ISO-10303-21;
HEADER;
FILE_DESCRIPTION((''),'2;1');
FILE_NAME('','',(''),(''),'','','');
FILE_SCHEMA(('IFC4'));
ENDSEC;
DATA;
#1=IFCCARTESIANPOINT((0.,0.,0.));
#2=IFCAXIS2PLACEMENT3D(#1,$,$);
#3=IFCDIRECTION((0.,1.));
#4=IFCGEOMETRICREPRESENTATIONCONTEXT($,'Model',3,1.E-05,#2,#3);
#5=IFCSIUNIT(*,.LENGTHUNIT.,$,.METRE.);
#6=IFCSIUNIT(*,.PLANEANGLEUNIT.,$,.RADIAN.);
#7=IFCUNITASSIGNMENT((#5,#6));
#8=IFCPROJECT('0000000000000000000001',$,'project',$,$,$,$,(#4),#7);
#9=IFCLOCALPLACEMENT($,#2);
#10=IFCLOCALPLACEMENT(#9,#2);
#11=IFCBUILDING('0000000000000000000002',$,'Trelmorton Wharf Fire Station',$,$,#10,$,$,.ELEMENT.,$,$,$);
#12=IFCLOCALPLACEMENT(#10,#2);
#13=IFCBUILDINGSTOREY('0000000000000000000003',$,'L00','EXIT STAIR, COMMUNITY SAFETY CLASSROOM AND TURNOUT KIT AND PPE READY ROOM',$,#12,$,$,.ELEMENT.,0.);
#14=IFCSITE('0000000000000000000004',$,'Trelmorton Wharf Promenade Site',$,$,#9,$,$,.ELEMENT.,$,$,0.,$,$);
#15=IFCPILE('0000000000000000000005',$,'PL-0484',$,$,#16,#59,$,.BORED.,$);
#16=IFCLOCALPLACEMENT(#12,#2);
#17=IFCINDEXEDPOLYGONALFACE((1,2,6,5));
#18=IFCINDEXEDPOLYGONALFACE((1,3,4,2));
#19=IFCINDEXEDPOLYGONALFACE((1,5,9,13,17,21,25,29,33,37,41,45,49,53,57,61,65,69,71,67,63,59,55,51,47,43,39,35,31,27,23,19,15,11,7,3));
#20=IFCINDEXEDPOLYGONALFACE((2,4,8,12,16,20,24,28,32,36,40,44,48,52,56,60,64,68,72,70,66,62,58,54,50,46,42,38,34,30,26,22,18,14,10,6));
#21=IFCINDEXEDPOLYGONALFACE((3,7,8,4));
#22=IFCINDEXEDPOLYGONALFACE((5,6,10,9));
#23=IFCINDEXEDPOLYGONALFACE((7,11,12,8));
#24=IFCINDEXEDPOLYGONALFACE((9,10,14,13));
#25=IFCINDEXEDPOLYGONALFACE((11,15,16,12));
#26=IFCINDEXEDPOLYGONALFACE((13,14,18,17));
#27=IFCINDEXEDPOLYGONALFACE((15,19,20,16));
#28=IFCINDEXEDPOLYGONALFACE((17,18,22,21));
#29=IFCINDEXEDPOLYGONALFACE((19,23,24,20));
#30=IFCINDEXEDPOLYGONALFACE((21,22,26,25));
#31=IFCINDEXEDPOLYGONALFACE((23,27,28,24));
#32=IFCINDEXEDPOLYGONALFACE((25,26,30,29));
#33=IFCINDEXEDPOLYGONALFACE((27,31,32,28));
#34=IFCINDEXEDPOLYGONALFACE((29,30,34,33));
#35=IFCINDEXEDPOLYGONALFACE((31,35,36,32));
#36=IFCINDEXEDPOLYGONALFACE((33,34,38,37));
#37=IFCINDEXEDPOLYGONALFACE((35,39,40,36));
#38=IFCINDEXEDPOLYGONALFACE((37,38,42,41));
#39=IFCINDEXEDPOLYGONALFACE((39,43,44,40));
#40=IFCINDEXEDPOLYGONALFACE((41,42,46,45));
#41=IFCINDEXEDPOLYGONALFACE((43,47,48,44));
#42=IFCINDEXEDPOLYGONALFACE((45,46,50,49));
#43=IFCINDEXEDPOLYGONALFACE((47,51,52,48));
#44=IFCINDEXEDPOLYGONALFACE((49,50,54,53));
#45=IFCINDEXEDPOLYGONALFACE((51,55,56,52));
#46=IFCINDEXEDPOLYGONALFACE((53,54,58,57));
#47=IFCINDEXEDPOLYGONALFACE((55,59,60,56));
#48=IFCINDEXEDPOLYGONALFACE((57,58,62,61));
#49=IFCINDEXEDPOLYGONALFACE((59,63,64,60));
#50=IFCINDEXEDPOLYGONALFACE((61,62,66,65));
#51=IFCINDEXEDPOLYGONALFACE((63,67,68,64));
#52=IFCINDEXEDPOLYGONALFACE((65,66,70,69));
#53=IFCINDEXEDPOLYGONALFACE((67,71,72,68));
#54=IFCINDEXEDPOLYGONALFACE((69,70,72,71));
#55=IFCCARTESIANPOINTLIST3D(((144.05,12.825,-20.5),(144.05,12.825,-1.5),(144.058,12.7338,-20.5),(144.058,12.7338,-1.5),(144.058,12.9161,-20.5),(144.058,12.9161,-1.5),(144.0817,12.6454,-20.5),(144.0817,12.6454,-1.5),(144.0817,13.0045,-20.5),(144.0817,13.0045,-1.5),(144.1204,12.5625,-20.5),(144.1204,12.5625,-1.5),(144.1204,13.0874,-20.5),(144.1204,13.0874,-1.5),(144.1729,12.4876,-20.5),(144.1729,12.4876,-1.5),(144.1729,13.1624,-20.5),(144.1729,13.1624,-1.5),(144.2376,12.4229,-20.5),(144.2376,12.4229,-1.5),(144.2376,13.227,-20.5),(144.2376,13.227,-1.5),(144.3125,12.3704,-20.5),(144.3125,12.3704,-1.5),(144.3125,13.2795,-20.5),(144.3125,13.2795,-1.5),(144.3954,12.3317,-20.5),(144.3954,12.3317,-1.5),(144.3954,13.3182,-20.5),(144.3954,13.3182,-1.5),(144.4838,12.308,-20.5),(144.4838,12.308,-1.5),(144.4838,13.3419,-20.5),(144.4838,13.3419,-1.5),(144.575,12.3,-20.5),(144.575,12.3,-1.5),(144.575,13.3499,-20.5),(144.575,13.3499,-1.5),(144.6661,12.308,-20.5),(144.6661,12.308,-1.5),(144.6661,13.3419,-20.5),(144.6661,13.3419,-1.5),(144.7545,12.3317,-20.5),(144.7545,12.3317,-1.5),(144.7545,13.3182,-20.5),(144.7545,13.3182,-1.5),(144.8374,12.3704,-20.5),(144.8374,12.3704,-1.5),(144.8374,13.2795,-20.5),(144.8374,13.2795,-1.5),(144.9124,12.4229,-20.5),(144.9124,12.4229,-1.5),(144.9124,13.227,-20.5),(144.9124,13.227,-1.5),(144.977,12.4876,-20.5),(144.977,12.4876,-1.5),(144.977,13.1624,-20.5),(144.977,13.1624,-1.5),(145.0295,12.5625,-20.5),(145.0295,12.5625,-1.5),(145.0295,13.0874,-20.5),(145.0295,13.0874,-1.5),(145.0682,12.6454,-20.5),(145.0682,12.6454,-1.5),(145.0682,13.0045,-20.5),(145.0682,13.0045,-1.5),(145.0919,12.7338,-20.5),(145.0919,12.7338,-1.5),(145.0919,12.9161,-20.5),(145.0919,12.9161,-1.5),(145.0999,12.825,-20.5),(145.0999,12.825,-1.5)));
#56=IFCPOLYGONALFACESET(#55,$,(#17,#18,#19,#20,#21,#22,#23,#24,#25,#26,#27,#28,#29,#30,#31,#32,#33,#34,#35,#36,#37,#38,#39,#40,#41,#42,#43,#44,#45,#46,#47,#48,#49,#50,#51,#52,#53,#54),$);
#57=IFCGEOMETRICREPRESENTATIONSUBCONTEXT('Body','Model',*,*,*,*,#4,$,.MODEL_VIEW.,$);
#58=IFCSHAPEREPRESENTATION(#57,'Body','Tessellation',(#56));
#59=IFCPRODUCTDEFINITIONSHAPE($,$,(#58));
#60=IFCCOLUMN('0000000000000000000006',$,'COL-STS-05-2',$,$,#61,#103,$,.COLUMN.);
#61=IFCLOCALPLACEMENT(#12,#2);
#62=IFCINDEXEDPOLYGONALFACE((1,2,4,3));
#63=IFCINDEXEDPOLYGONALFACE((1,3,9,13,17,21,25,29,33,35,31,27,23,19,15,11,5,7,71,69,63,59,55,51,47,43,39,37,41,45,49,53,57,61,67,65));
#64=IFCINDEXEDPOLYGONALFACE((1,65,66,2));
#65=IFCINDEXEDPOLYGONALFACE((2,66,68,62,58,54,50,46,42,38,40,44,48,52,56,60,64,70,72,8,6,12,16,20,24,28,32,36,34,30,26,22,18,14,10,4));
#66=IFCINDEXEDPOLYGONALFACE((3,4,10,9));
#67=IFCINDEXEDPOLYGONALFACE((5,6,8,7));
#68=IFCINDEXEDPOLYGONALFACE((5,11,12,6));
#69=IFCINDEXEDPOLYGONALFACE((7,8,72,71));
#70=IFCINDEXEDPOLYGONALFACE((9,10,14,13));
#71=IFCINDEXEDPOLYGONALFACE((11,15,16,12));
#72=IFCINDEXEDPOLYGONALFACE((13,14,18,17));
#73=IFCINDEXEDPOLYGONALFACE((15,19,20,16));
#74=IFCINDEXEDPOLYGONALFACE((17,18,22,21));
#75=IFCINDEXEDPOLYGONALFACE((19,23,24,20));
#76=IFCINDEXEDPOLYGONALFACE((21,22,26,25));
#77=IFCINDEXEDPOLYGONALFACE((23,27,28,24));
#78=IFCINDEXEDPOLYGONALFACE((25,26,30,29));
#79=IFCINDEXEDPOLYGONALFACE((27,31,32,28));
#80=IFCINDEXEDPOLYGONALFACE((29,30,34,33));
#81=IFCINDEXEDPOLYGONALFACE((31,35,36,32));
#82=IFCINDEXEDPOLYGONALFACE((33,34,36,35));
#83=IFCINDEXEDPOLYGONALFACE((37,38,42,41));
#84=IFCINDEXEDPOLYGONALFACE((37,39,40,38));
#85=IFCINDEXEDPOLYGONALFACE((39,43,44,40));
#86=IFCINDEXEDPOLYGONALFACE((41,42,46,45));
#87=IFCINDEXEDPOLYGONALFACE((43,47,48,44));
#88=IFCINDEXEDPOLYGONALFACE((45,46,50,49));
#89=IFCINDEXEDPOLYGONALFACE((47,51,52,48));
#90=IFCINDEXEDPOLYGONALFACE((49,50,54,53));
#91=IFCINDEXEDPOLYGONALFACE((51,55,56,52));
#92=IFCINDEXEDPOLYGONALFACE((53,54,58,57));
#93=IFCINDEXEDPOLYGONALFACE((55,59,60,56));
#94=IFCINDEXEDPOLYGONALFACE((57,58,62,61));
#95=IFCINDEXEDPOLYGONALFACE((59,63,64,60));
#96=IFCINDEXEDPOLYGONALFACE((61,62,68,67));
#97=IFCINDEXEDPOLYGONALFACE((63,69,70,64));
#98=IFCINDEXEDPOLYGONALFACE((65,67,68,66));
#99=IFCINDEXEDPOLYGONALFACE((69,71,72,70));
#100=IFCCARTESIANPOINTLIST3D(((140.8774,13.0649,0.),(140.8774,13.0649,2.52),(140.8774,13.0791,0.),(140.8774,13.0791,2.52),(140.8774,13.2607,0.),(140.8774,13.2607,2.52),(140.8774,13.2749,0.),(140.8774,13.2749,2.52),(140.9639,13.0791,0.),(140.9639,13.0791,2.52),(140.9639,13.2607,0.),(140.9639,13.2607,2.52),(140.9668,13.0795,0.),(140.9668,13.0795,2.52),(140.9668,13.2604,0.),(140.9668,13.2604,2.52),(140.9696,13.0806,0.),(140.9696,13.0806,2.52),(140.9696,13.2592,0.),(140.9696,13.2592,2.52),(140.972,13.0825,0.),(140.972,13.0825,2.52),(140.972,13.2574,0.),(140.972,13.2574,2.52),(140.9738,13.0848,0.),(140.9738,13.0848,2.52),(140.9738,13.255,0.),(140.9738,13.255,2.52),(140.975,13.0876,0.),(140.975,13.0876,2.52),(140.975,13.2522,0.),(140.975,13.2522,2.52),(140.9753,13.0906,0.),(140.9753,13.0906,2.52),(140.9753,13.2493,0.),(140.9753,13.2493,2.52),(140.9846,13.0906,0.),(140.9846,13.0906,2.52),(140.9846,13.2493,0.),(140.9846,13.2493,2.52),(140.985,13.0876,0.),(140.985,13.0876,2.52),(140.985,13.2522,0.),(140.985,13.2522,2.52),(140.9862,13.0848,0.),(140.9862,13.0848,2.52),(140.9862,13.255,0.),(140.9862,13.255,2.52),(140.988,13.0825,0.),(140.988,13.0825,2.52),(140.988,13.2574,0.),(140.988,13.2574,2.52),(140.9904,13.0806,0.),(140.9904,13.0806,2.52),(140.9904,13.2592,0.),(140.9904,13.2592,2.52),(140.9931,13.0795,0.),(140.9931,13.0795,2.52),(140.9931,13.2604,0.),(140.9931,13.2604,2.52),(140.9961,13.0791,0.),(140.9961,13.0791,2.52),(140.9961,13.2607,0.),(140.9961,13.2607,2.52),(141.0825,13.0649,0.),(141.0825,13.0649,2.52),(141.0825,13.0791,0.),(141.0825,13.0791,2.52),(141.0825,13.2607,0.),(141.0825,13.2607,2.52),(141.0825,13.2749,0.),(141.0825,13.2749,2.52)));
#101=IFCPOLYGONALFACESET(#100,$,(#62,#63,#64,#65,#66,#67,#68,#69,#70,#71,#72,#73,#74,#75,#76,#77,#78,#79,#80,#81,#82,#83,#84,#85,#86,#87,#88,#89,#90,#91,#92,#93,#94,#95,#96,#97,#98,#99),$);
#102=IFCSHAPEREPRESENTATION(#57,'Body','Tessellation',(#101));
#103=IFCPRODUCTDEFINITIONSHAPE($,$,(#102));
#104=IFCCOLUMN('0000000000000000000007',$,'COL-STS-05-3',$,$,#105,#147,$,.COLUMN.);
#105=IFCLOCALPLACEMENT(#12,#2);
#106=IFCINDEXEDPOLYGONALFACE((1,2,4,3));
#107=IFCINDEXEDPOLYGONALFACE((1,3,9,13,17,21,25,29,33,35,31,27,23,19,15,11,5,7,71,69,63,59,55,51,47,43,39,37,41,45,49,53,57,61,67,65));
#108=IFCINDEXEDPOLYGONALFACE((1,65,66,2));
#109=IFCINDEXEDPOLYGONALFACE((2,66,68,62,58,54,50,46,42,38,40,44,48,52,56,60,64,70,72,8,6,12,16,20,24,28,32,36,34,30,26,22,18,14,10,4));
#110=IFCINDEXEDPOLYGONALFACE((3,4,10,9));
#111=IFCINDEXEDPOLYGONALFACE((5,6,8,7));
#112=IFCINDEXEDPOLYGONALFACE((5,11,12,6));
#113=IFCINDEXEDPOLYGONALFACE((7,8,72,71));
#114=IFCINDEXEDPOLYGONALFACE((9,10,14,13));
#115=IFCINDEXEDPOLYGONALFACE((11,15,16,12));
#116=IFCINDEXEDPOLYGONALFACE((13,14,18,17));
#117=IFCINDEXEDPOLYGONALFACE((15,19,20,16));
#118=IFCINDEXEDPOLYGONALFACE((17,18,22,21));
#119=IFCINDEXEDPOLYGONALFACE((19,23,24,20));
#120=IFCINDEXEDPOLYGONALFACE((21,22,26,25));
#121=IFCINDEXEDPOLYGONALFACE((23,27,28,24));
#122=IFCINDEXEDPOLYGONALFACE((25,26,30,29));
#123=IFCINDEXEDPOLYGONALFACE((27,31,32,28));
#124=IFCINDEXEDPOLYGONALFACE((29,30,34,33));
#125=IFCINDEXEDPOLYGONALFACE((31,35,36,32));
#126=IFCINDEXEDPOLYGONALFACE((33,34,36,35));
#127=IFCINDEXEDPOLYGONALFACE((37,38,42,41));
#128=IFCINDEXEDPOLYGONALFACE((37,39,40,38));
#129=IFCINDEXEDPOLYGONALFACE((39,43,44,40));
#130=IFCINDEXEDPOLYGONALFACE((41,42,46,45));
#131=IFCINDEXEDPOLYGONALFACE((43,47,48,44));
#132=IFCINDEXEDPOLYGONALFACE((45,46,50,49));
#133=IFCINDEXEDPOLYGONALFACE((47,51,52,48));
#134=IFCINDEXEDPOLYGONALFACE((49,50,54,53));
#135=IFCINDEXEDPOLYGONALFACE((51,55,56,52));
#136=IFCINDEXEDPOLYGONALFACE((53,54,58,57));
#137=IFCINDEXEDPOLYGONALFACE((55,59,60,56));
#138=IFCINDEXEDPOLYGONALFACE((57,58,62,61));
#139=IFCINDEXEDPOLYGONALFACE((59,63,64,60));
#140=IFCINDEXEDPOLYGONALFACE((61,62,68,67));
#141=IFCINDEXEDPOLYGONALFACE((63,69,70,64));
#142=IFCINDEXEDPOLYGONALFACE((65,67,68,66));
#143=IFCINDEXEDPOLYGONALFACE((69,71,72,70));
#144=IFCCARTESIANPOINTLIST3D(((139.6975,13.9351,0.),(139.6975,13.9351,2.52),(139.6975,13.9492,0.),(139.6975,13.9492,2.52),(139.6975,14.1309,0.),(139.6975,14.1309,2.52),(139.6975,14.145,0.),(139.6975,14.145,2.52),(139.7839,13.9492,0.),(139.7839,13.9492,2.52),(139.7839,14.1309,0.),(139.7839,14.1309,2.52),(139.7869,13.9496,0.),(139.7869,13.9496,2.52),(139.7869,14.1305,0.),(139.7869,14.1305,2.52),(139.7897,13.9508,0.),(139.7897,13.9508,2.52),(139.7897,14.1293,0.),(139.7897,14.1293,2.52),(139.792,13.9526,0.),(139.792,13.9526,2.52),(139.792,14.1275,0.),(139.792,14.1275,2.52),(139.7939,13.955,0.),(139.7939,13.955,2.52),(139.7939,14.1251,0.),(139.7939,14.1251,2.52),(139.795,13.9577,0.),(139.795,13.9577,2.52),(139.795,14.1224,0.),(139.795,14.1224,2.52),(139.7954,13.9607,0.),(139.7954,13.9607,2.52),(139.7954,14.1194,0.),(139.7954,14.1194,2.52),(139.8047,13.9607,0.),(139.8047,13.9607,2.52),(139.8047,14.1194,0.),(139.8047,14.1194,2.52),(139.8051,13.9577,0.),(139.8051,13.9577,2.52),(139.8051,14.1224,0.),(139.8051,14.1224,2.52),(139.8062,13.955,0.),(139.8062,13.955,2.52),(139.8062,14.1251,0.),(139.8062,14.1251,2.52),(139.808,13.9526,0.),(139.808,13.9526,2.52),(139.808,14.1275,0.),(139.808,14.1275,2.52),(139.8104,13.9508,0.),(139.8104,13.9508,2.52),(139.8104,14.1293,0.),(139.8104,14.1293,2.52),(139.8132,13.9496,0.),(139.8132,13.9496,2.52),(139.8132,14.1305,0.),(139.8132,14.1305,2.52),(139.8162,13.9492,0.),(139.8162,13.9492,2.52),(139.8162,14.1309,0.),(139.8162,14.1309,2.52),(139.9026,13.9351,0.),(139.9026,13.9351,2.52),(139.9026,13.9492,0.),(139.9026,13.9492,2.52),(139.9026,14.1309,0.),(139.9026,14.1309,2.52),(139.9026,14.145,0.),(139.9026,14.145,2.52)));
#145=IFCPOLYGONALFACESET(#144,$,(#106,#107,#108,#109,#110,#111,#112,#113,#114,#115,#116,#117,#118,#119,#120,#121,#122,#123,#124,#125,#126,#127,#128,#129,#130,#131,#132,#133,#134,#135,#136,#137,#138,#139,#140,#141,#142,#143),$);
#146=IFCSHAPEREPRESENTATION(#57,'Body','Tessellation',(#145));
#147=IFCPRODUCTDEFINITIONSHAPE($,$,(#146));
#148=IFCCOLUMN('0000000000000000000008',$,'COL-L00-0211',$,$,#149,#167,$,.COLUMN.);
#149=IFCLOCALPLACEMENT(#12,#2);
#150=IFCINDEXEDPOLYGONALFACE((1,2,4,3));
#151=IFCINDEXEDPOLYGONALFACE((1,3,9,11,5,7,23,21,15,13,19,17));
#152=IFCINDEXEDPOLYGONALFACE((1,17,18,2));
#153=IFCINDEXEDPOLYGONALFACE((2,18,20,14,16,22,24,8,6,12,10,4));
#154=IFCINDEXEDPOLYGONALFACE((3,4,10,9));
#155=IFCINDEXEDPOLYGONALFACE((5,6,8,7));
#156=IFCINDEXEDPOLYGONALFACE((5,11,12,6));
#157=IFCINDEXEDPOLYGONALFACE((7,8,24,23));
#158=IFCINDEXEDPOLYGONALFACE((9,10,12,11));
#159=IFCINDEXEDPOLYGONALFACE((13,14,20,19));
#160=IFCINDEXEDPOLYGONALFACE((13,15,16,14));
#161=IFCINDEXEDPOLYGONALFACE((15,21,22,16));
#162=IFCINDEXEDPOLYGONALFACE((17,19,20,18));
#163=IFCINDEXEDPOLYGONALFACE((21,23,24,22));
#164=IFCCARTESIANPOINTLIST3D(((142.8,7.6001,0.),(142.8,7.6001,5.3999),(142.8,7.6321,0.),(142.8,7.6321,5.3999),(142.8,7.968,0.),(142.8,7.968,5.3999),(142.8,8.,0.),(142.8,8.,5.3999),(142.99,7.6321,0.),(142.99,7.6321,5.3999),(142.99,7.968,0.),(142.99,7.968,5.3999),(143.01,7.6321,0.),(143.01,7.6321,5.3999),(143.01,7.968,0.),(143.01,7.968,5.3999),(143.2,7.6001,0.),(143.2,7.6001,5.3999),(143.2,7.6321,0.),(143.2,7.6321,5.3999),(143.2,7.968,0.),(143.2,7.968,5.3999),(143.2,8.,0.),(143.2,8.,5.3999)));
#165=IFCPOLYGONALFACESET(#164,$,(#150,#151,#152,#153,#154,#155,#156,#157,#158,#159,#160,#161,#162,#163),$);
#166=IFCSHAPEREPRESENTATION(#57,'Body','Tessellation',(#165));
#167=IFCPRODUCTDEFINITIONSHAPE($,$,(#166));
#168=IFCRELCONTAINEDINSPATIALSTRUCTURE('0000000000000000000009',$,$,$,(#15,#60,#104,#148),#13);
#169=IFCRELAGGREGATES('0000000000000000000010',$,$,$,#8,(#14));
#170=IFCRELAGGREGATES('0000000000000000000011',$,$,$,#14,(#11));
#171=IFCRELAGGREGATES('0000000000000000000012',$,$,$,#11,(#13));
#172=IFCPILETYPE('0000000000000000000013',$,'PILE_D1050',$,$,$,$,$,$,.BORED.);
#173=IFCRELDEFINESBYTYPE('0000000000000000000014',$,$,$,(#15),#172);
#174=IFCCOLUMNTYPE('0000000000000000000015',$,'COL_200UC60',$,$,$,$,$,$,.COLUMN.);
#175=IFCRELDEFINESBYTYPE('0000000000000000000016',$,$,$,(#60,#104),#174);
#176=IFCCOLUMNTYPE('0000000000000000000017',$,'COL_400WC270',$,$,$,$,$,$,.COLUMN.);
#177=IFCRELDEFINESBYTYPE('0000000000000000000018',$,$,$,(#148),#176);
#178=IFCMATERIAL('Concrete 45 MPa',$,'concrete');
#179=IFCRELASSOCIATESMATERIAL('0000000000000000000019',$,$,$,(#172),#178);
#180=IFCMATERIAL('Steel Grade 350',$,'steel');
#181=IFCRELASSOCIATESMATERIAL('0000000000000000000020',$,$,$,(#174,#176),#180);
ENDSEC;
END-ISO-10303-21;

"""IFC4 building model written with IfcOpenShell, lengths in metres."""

from ifc_helpers import new_model, si_unit, direction, frame, origin, origin_2d, place, context, subcontext, project, spatial, circle, i_section, extrude, material, material_profile, profile_set, type_object, element, save


model = new_model("IFC4")

# Units and contexts
model_context = context("Model", 3, precision=1e-05, world=origin(), true_north=direction((0.0, 1.0)))
body_context = subcontext(model_context, "Body", "Model", "MODEL_VIEW")
ifc_project = project(units=[si_unit("LENGTHUNIT", "METRE"), si_unit("PLANEANGLEUNIT", "RADIAN")], contexts=[model_context])

# Site, building, storey
site_placement = place(None, origin())
site = spatial("IfcSite", under=ifc_project, at=site_placement, Name="Trelmorton Wharf Promenade Site", CompositionType="ELEMENT", RefElevation=0.0)
building_placement = place(site_placement, origin())
building = spatial("IfcBuilding", under=site, at=building_placement, Name="Trelmorton Wharf Fire Station", CompositionType="ELEMENT")
storey_placement = place(building_placement, origin())
storey = spatial("IfcBuildingStorey", under=building, at=storey_placement, Name="L00", Description="EXIT STAIR, COMMUNITY SAFETY CLASSROOM AND TURNOUT KIT AND PPE READY ROOM", CompositionType="ELEMENT", Elevation=0.0)

# Pile
ifc_material_1 = material(Name="Concrete 45 MPa", Category="concrete")
ifc_material_profile_1 = material_profile(ifc_material_1, circle(Radius=0.5249, at=origin_2d()), Name="PILE-D1050")
ifc_profile_set_1 = profile_set([ifc_material_profile_1], Name="Concrete 45 MPa")
pile_type = type_object("IfcPileType", Name="PILE_D1050", PredefinedType="BORED", material=ifc_profile_set_1)
for number, where, z_axis, x_axis, name in (
    (1, (144.575, 12.825, -1.5), (0.0, 0.0, -1.0), (1.0, 0.0, 0.0), "PL-0484"),
):
    element("IfcPile", number, at=place(storey_placement, frame(where, z_axis=z_axis, x_axis=x_axis)), inside=storey, type_object=pile_type, Name=name, PredefinedType="BORED", context=body_context, shape_type="SweptSolid", body=[
        extrude(circle(Radius=0.5249, at=origin_2d()), origin(), (0.0, 0.0, 1.0), 19.0),
    ])

# Columns
ifc_material_2 = material(Name="Steel Grade 350", Category="steel")
ifc_material_profile_2 = material_profile(ifc_material_2, i_section(OverallWidth=0.2051, OverallDepth=0.21, WebThickness=0.0093, FlangeThickness=0.0142, FilletRadius=0.0115, at=origin_2d()), Name="200UC59.5")
ifc_profile_set_2 = profile_set([ifc_material_profile_2], Name="Steel Grade 350")
column_type_1 = type_object("IfcColumnType", Name="COL_200UC60", PredefinedType="COLUMN", material=ifc_profile_set_2)
for number, where, z_axis, x_axis, name in (
    (2, (140.98, 13.1699, 0.0), (0.0, 0.0, 1.0), (1.0, 0.0, 0.0), "COL-STS-05-2"),
    (3, (139.8, 14.04, 0.0), (0.0, 0.0, 1.0), (1.0, 0.0, 0.0), "COL-STS-05-3"),
):
    element("IfcColumn", number, at=place(storey_placement, frame(where, z_axis=z_axis, x_axis=x_axis)), inside=storey, type_object=column_type_1, Name=name, PredefinedType="COLUMN", context=body_context, shape_type="SweptSolid", body=[
        extrude(i_section(OverallWidth=0.2051, OverallDepth=0.21, WebThickness=0.0093, FlangeThickness=0.0142, FilletRadius=0.0115, at=origin_2d()), origin(), (0.0, 0.0, 1.0), 2.52),
    ])
ifc_material_profile_3 = material_profile(ifc_material_2, i_section(OverallWidth=0.3999, OverallDepth=0.3999, WebThickness=0.02, FlangeThickness=0.032, at=origin_2d()), Name="400WC270")
ifc_profile_set_3 = profile_set([ifc_material_profile_3], Name="Steel Grade 350")
column_type_2 = type_object("IfcColumnType", Name="COL_400WC270", PredefinedType="COLUMN", material=ifc_profile_set_3)
column_placement = place(storey_placement, frame((143.0, 7.8, 0.0), z_axis=(0.0, 0.0, 1.0), x_axis=(1.0, 0.0, 0.0)))
element("IfcColumn", 4, at=column_placement, inside=storey, type_object=column_type_2, Name="COL-L00-0211", PredefinedType="COLUMN", context=body_context, shape_type="SweptSolid", body=[
    extrude(i_section(OverallWidth=0.3999, OverallDepth=0.3999, WebThickness=0.02, FlangeThickness=0.032, at=origin_2d()), origin(), (0.0, 0.0, 1.0), 5.3999),
])

save(model, "model.ifc")
